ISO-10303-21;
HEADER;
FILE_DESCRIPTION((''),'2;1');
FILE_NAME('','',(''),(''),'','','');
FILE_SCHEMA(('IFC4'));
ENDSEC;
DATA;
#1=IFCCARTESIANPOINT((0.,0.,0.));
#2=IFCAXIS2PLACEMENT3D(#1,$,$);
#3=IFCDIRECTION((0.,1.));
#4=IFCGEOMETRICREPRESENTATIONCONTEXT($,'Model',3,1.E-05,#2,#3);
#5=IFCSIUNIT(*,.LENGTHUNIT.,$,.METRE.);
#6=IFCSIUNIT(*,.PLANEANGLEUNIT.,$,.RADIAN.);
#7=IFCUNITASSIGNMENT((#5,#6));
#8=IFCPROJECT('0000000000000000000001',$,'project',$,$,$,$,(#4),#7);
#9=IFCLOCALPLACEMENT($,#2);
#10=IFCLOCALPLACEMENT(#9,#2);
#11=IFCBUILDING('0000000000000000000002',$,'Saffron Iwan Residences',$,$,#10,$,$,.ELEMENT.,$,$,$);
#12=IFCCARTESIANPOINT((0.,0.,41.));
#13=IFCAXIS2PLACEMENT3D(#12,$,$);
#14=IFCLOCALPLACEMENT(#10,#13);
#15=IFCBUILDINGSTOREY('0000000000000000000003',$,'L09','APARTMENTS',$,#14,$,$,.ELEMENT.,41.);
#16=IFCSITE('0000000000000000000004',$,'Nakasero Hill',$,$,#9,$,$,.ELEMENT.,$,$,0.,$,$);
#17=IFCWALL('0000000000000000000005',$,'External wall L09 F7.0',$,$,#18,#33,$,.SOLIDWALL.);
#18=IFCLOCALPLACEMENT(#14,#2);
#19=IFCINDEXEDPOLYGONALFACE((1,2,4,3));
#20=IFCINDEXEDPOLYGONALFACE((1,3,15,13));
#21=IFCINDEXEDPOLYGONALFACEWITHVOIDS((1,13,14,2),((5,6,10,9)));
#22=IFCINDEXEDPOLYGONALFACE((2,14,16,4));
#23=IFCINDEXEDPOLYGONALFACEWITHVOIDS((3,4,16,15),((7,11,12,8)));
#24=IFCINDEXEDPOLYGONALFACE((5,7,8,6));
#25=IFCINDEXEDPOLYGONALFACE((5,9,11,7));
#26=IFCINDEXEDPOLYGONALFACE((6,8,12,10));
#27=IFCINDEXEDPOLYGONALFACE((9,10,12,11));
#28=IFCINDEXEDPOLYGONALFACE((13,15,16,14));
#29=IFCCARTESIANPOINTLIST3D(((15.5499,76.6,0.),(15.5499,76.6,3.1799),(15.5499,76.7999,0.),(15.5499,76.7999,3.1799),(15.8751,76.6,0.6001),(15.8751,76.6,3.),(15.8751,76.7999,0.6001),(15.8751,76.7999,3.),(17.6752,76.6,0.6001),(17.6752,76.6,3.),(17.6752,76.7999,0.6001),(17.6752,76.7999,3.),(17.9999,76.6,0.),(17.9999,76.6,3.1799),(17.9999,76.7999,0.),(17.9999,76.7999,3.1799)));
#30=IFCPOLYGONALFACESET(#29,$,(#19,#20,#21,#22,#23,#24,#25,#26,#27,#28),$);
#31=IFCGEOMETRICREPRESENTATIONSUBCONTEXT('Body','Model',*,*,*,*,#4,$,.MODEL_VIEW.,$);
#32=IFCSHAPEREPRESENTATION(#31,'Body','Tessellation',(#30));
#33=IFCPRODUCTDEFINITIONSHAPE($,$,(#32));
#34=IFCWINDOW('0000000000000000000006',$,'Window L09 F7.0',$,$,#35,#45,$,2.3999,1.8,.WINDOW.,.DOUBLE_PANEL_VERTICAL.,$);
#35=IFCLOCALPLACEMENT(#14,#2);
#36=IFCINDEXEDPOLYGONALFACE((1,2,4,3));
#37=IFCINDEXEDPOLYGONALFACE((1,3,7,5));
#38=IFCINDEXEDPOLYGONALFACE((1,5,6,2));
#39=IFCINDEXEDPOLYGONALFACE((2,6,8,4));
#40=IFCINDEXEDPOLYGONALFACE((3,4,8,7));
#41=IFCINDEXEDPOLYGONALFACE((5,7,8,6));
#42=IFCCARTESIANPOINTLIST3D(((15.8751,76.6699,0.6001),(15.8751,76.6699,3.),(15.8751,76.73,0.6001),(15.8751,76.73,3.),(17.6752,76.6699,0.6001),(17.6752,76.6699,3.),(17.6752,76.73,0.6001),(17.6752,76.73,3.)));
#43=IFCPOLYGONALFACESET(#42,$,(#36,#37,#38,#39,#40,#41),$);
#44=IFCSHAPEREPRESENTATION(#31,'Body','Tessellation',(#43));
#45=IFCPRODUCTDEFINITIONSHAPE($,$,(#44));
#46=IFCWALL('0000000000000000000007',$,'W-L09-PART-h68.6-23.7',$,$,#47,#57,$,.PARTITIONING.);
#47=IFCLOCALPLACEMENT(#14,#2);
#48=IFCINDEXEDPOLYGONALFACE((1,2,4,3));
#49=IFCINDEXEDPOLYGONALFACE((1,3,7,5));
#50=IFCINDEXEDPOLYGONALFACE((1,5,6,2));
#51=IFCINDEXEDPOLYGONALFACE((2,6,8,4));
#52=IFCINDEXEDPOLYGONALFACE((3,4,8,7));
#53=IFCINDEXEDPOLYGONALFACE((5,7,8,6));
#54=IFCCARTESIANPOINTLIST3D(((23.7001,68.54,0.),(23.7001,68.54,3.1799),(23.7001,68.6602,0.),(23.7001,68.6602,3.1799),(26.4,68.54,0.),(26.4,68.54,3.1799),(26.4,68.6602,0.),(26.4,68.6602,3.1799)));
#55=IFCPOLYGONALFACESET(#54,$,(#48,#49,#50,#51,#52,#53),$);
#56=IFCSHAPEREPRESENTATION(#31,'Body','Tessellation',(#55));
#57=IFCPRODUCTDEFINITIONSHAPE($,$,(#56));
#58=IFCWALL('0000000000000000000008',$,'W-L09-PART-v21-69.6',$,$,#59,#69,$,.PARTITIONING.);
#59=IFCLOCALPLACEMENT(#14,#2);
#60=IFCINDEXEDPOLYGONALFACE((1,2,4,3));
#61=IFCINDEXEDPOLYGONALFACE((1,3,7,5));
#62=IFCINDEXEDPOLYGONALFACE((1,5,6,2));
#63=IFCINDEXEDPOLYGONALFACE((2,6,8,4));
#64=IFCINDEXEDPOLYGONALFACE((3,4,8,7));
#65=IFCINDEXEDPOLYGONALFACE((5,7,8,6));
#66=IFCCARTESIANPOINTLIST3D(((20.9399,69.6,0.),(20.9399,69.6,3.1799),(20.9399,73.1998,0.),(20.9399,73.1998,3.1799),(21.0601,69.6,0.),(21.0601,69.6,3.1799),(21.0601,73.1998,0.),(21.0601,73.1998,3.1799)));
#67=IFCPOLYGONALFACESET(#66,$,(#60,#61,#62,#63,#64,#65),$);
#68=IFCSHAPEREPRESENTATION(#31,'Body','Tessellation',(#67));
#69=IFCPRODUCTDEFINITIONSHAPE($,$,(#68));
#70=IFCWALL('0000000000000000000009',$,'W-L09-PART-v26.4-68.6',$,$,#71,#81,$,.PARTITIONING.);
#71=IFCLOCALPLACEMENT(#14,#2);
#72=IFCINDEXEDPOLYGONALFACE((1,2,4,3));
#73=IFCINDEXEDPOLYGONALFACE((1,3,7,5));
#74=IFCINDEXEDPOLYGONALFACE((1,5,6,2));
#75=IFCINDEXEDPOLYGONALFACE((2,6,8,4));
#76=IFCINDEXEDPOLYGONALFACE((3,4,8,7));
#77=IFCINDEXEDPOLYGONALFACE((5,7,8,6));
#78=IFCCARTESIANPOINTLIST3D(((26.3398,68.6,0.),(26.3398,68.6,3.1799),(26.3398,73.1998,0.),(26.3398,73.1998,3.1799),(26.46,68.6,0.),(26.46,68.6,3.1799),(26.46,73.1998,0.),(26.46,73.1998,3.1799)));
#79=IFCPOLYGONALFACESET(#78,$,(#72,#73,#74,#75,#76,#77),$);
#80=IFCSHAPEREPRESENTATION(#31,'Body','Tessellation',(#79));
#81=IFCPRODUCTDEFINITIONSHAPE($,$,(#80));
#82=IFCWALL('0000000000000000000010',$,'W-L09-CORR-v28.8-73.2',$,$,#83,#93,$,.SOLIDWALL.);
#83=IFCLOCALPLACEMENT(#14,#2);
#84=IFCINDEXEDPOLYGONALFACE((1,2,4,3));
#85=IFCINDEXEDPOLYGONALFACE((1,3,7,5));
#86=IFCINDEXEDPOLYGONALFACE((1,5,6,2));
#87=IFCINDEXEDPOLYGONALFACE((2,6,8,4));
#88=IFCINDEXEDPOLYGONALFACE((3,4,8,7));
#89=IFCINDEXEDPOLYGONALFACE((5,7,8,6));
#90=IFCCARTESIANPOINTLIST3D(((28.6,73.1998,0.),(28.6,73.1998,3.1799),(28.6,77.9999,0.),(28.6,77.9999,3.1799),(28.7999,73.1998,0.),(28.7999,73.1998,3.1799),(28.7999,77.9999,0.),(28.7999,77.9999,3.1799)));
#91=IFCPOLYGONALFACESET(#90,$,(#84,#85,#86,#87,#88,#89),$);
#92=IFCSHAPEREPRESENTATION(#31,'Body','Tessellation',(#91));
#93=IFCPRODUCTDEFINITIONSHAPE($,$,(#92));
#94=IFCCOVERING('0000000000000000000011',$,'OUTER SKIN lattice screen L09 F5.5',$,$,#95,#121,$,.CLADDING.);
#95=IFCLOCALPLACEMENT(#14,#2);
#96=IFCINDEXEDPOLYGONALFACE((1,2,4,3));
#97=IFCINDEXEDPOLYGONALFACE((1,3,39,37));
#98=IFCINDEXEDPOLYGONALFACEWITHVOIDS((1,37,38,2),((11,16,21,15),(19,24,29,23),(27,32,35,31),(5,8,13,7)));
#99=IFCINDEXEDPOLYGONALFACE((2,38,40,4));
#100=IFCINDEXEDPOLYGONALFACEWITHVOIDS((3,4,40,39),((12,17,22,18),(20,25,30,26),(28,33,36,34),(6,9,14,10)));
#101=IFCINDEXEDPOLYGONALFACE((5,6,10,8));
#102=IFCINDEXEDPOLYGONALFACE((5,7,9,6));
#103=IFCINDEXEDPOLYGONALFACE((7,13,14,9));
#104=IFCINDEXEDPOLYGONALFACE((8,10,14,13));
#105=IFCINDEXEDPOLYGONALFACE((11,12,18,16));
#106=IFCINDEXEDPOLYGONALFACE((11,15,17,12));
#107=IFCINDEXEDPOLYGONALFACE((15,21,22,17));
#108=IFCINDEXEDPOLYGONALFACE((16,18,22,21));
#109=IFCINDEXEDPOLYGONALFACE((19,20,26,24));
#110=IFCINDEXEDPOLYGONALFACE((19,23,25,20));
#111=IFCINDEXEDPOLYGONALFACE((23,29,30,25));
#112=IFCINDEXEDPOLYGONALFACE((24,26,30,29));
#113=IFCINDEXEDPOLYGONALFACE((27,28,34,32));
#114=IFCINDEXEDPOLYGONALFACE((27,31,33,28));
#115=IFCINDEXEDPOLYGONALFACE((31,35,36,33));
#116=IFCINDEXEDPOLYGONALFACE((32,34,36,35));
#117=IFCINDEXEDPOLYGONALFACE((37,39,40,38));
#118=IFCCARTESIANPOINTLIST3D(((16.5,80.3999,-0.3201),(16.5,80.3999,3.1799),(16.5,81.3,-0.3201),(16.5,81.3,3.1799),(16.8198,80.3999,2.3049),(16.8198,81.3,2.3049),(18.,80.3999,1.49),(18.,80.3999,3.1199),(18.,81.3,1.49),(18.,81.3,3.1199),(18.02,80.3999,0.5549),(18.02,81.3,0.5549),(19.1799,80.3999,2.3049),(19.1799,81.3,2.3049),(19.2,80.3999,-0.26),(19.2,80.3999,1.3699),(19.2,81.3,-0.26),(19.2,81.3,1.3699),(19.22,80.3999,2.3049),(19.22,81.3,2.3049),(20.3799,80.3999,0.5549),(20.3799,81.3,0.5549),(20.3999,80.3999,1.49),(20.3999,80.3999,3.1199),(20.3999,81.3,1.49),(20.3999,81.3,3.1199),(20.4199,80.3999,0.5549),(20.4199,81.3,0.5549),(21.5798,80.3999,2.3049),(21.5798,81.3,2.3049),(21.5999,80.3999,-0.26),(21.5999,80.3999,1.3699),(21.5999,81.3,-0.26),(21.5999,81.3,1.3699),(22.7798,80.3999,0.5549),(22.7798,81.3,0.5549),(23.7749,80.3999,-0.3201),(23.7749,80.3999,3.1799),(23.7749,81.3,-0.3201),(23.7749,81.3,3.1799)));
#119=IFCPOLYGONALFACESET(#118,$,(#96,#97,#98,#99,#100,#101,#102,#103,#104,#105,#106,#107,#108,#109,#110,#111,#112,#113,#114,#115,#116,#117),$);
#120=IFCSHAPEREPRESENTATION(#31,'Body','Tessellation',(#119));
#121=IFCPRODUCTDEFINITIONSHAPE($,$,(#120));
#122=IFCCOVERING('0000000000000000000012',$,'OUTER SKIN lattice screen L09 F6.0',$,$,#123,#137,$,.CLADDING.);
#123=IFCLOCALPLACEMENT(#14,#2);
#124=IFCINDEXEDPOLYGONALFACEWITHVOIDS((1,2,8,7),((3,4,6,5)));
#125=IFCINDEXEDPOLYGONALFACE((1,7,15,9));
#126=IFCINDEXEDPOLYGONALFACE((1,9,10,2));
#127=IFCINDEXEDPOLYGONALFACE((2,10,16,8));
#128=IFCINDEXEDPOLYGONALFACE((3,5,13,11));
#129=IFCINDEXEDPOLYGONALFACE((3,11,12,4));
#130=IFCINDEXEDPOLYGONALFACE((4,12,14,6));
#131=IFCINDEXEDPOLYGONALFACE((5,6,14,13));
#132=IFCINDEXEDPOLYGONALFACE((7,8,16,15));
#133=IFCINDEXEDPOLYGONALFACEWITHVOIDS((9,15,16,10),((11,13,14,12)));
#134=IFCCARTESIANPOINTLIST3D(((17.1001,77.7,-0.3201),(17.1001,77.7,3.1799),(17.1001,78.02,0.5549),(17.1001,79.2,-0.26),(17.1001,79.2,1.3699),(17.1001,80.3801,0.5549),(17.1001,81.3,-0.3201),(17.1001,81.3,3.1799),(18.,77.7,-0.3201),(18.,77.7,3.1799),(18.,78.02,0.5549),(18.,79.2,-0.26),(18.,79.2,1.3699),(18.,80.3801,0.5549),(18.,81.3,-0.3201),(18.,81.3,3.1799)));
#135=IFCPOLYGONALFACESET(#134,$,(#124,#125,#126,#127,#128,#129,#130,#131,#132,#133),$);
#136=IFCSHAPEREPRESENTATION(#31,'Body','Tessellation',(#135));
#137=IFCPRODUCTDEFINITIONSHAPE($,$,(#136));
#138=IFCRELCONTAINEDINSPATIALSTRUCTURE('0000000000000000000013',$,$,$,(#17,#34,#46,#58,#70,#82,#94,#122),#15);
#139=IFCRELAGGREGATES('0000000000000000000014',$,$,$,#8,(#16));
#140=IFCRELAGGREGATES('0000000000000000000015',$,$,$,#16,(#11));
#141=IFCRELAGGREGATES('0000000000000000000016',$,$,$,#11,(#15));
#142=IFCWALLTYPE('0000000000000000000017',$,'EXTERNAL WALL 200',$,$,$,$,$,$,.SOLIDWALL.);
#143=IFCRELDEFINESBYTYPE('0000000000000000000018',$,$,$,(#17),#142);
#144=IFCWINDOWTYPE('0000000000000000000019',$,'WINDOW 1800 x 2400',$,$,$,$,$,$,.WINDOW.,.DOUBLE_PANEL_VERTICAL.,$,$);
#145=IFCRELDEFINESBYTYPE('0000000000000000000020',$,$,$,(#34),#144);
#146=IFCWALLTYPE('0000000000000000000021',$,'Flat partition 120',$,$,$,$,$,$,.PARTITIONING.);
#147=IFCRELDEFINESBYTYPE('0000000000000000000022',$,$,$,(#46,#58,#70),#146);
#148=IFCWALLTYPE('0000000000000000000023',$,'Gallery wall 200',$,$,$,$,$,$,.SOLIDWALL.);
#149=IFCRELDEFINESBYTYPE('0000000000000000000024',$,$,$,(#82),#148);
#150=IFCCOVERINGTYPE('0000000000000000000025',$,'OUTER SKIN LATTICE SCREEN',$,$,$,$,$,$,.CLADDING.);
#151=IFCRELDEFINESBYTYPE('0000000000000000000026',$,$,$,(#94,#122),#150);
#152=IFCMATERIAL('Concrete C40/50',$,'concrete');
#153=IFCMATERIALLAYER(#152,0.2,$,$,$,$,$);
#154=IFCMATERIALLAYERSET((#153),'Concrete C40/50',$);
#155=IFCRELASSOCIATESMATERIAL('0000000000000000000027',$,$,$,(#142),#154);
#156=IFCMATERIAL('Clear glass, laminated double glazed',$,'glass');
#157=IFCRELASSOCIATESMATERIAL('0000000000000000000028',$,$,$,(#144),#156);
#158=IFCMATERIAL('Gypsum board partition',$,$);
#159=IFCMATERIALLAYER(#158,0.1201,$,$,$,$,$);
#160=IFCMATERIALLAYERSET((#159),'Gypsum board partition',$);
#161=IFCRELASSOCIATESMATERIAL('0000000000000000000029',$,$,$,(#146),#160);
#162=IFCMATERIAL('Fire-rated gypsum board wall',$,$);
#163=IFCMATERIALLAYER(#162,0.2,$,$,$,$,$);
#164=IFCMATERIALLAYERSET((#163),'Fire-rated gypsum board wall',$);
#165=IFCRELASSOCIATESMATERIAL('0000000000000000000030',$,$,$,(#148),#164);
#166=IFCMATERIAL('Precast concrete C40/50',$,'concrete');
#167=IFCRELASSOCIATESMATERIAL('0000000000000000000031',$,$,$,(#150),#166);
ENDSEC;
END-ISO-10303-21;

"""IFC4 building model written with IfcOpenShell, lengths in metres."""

from ifc_helpers import new_model, si_unit, direction, frame, frame_2d, origin, place, context, subcontext, project, spatial, polyline, rectangle, outline, extrude, material, layer, layer_set, type_object, element, fill, save


model = new_model("IFC4")

# Units and contexts
model_context = context("Model", 3, precision=1e-05, world=origin(), true_north=direction((0.0, 1.0)))
body_context = subcontext(model_context, "Body", "Model", "MODEL_VIEW")
ifc_project = project(units=[si_unit("LENGTHUNIT", "METRE"), si_unit("PLANEANGLEUNIT", "RADIAN")], contexts=[model_context])

# Site, building, storey
site_placement = place(None, origin())
site = spatial("IfcSite", under=ifc_project, at=site_placement, Name="Nakasero Hill", CompositionType="ELEMENT", RefElevation=0.0)
building_placement = place(site_placement, origin())
building = spatial("IfcBuilding", under=site, at=building_placement, Name="Saffron Iwan Residences", CompositionType="ELEMENT")
storey_placement = place(building_placement, frame((0.0, 0.0, 41.0)))
storey = spatial("IfcBuildingStorey", under=building, at=storey_placement, Name="L09", Description="APARTMENTS", CompositionType="ELEMENT", Elevation=41.0)

# Wall, opening, window
ifc_material_1 = material(Name="Concrete C40/50", Category="concrete")
ifc_layer_1 = layer(ifc_material_1, 0.2)
ifc_layer_set_1 = layer_set([ifc_layer_1], Name="Concrete C40/50")
wall_type_1 = type_object("IfcWallType", Name="EXTERNAL WALL 200", PredefinedType="SOLIDWALL", material=ifc_layer_set_1)
ifc_material_2 = material(Name="Clear glass, laminated double glazed", Category="glass")
window_type_1 = type_object("IfcWindowType", Name="WINDOW 1800 x 2400", PartitioningType="DOUBLE_PANEL_VERTICAL", PredefinedType="WINDOW", material=ifc_material_2)
wall_1_placement = place(storey_placement, frame((18.0, 76.7, 0.0), z_axis=(0.0, 0.0, 1.0), x_axis=(-1.0, 0.0, 0.0)))
wall_1 = element("IfcWall", 1, at=wall_1_placement, inside=storey, type_object=wall_type_1, Name="External wall L09 F7.0", PredefinedType="SOLIDWALL", context=body_context, shape_type="SweptSolid", body=[
    extrude(rectangle(XDim=2.45, YDim=0.2, at=frame_2d((1.2251, 0.0))), origin(), (0.0, 0.0, 1.0), 3.1799),
])
opening_1_placement = place(wall_1_placement, frame((0.325, 0.0, 0.6001)))
opening_1 = element("IfcOpeningElement", 2, at=opening_1_placement, cuts=wall_1, PredefinedType="OPENING", context=body_context, shape_type="SweptSolid", body=[
    extrude(rectangle(XDim=1.8, YDim=2.3999, at=frame_2d((0.8999, 1.2))), frame((0.0, 0.1099, 0.0), z_axis=(0.0, -1.0, 0.0), x_axis=(1.0, 0.0, 0.0)), (0.0, 0.0, 1.0), 0.22),
])
window_1_placement = place(opening_1_placement, origin())
window_1 = element("IfcWindow", 3, at=window_1_placement, inside=storey, type_object=window_type_1, Name="Window L09 F7.0", OverallHeight=2.3999, OverallWidth=1.8, PartitioningType="DOUBLE_PANEL_VERTICAL", PredefinedType="WINDOW", context=body_context, shape_type="SweptSolid", body=[
    extrude(rectangle(XDim=1.8, YDim=2.3999, at=frame_2d((0.8999, 1.2))), frame((0.0, 0.03, 0.0), z_axis=(0.0, -1.0, 0.0), x_axis=(1.0, 0.0, 0.0)), (0.0, 0.0, 1.0), 0.0601),
])
fill(opening_1, window_1)

# Walls
ifc_material_3 = material(Name="Gypsum board partition")
ifc_layer_2 = layer(ifc_material_3, 0.1201)
ifc_layer_set_2 = layer_set([ifc_layer_2], Name="Gypsum board partition")
wall_type_2 = type_object("IfcWallType", Name="Flat partition 120", PredefinedType="PARTITIONING", material=ifc_layer_set_2)
wall_2_placement = place(storey_placement, frame((23.7, 68.6001, 0.0), z_axis=(0.0, 0.0, 1.0), x_axis=(1.0, 0.0, 0.0)))
element("IfcWall", 4, at=wall_2_placement, inside=storey, type_object=wall_type_2, Name="W-L09-PART-h68.6-23.7", PredefinedType="PARTITIONING", context=body_context, shape_type="SweptSolid", body=[
    extrude(rectangle(XDim=2.7, YDim=0.1201, at=frame_2d((1.3501, 0.0))), origin(), (0.0, 0.0, 1.0), 3.1799),
])
wall_3_placement = place(storey_placement, frame((21.0, 69.6001, 0.0), z_axis=(0.0, 0.0, 1.0), x_axis=(0.0, 1.0, 0.0)))
element("IfcWall", 5, at=wall_3_placement, inside=storey, type_object=wall_type_2, Name="W-L09-PART-v21-69.6", PredefinedType="PARTITIONING", context=body_context, shape_type="SweptSolid", body=[
    extrude(rectangle(XDim=3.5999, YDim=0.1201, at=frame_2d((1.7998, 0.0))), origin(), (0.0, 0.0, 1.0), 3.1799),
])
wall_4_placement = place(storey_placement, frame((26.3999, 68.6001, 0.0), z_axis=(0.0, 0.0, 1.0), x_axis=(0.0, 1.0, 0.0)))
element("IfcWall", 6, at=wall_4_placement, inside=storey, type_object=wall_type_2, Name="W-L09-PART-v26.4-68.6", PredefinedType="PARTITIONING", context=body_context, shape_type="SweptSolid", body=[
    extrude(rectangle(XDim=4.5999, YDim=0.1201, at=frame_2d((2.2998, 0.0))), origin(), (0.0, 0.0, 1.0), 3.1799),
])
ifc_material_4 = material(Name="Fire-rated gypsum board wall")
ifc_layer_3 = layer(ifc_material_4, 0.2)
ifc_layer_set_3 = layer_set([ifc_layer_3], Name="Fire-rated gypsum board wall")
wall_type_3 = type_object("IfcWallType", Name="Gallery wall 200", PredefinedType="SOLIDWALL", material=ifc_layer_set_3)
wall_5_placement = place(storey_placement, frame((28.7, 73.2, 0.0), z_axis=(0.0, 0.0, 1.0), x_axis=(0.0, 1.0, 0.0)))
element("IfcWall", 7, at=wall_5_placement, inside=storey, type_object=wall_type_3, Name="W-L09-CORR-v28.8-73.2", PredefinedType="SOLIDWALL", context=body_context, shape_type="SweptSolid", body=[
    extrude(rectangle(XDim=4.8, YDim=0.2, at=frame_2d((2.3999, 0.0))), origin(), (0.0, 0.0, 1.0), 3.1799),
])

# Coverings
ifc_material_5 = material(Name="Precast concrete C40/50", Category="concrete")
covering_type = type_object("IfcCoveringType", Name="OUTER SKIN LATTICE SCREEN", PredefinedType="CLADDING", material=ifc_material_5)
covering_1_placement = place(storey_placement, frame((23.7749, 80.3999, -0.3201), z_axis=(0.0, 1.0, 0.0), x_axis=(-1.0, 0.0, 0.0)))
element("IfcCovering", 8, at=covering_1_placement, inside=storey, type_object=covering_type, Name="OUTER SKIN lattice screen L09 F5.5", PredefinedType="CLADDING", context=body_context, shape_type="SweptSolid", body=[
    extrude(outline(polyline([(0.0, 0.0), (7.2749, 0.0), (7.2749, 3.5), (0.0, 3.5), (0.0, 0.0)]), holes=[polyline([(0.9951, 0.875), (2.175, 0.0601), (3.355, 0.875), (2.175, 1.6899), (0.9951, 0.875)]), polyline([(3.395, 0.875), (4.575, 0.0601), (5.7549, 0.875), (4.575, 1.6899), (3.395, 0.875)]), polyline([(2.1951, 2.625), (3.375, 1.8101), (4.5549, 2.625), (3.375, 3.4399), (2.1951, 2.625)]), polyline([(4.595, 2.625), (5.7749, 1.8101), (6.9551, 2.625), (5.7749, 3.4399), (4.595, 2.625)])]), origin(), (0.0, 0.0, 1.0), 0.9001),
])
covering_2_placement = place(storey_placement, frame((18.0, 81.3, -0.3201), z_axis=(-1.0, 0.0, 0.0), x_axis=(0.0, -1.0, 0.0)))
element("IfcCovering", 9, at=covering_2_placement, inside=storey, type_object=covering_type, Name="OUTER SKIN lattice screen L09 F6.0", PredefinedType="CLADDING", context=body_context, shape_type="SweptSolid", body=[
    extrude(outline(polyline([(0.0, 0.0), (3.6001, 0.0), (3.6001, 3.5), (0.0, 3.5), (0.0, 0.0)]), holes=[polyline([(0.9199, 0.875), (2.1001, 0.0601), (3.28, 0.875), (2.1001, 1.6899), (0.9199, 0.875)])]), origin(), (0.0, 0.0, 1.0), 0.8999),
])

save(model, "model.ifc")
